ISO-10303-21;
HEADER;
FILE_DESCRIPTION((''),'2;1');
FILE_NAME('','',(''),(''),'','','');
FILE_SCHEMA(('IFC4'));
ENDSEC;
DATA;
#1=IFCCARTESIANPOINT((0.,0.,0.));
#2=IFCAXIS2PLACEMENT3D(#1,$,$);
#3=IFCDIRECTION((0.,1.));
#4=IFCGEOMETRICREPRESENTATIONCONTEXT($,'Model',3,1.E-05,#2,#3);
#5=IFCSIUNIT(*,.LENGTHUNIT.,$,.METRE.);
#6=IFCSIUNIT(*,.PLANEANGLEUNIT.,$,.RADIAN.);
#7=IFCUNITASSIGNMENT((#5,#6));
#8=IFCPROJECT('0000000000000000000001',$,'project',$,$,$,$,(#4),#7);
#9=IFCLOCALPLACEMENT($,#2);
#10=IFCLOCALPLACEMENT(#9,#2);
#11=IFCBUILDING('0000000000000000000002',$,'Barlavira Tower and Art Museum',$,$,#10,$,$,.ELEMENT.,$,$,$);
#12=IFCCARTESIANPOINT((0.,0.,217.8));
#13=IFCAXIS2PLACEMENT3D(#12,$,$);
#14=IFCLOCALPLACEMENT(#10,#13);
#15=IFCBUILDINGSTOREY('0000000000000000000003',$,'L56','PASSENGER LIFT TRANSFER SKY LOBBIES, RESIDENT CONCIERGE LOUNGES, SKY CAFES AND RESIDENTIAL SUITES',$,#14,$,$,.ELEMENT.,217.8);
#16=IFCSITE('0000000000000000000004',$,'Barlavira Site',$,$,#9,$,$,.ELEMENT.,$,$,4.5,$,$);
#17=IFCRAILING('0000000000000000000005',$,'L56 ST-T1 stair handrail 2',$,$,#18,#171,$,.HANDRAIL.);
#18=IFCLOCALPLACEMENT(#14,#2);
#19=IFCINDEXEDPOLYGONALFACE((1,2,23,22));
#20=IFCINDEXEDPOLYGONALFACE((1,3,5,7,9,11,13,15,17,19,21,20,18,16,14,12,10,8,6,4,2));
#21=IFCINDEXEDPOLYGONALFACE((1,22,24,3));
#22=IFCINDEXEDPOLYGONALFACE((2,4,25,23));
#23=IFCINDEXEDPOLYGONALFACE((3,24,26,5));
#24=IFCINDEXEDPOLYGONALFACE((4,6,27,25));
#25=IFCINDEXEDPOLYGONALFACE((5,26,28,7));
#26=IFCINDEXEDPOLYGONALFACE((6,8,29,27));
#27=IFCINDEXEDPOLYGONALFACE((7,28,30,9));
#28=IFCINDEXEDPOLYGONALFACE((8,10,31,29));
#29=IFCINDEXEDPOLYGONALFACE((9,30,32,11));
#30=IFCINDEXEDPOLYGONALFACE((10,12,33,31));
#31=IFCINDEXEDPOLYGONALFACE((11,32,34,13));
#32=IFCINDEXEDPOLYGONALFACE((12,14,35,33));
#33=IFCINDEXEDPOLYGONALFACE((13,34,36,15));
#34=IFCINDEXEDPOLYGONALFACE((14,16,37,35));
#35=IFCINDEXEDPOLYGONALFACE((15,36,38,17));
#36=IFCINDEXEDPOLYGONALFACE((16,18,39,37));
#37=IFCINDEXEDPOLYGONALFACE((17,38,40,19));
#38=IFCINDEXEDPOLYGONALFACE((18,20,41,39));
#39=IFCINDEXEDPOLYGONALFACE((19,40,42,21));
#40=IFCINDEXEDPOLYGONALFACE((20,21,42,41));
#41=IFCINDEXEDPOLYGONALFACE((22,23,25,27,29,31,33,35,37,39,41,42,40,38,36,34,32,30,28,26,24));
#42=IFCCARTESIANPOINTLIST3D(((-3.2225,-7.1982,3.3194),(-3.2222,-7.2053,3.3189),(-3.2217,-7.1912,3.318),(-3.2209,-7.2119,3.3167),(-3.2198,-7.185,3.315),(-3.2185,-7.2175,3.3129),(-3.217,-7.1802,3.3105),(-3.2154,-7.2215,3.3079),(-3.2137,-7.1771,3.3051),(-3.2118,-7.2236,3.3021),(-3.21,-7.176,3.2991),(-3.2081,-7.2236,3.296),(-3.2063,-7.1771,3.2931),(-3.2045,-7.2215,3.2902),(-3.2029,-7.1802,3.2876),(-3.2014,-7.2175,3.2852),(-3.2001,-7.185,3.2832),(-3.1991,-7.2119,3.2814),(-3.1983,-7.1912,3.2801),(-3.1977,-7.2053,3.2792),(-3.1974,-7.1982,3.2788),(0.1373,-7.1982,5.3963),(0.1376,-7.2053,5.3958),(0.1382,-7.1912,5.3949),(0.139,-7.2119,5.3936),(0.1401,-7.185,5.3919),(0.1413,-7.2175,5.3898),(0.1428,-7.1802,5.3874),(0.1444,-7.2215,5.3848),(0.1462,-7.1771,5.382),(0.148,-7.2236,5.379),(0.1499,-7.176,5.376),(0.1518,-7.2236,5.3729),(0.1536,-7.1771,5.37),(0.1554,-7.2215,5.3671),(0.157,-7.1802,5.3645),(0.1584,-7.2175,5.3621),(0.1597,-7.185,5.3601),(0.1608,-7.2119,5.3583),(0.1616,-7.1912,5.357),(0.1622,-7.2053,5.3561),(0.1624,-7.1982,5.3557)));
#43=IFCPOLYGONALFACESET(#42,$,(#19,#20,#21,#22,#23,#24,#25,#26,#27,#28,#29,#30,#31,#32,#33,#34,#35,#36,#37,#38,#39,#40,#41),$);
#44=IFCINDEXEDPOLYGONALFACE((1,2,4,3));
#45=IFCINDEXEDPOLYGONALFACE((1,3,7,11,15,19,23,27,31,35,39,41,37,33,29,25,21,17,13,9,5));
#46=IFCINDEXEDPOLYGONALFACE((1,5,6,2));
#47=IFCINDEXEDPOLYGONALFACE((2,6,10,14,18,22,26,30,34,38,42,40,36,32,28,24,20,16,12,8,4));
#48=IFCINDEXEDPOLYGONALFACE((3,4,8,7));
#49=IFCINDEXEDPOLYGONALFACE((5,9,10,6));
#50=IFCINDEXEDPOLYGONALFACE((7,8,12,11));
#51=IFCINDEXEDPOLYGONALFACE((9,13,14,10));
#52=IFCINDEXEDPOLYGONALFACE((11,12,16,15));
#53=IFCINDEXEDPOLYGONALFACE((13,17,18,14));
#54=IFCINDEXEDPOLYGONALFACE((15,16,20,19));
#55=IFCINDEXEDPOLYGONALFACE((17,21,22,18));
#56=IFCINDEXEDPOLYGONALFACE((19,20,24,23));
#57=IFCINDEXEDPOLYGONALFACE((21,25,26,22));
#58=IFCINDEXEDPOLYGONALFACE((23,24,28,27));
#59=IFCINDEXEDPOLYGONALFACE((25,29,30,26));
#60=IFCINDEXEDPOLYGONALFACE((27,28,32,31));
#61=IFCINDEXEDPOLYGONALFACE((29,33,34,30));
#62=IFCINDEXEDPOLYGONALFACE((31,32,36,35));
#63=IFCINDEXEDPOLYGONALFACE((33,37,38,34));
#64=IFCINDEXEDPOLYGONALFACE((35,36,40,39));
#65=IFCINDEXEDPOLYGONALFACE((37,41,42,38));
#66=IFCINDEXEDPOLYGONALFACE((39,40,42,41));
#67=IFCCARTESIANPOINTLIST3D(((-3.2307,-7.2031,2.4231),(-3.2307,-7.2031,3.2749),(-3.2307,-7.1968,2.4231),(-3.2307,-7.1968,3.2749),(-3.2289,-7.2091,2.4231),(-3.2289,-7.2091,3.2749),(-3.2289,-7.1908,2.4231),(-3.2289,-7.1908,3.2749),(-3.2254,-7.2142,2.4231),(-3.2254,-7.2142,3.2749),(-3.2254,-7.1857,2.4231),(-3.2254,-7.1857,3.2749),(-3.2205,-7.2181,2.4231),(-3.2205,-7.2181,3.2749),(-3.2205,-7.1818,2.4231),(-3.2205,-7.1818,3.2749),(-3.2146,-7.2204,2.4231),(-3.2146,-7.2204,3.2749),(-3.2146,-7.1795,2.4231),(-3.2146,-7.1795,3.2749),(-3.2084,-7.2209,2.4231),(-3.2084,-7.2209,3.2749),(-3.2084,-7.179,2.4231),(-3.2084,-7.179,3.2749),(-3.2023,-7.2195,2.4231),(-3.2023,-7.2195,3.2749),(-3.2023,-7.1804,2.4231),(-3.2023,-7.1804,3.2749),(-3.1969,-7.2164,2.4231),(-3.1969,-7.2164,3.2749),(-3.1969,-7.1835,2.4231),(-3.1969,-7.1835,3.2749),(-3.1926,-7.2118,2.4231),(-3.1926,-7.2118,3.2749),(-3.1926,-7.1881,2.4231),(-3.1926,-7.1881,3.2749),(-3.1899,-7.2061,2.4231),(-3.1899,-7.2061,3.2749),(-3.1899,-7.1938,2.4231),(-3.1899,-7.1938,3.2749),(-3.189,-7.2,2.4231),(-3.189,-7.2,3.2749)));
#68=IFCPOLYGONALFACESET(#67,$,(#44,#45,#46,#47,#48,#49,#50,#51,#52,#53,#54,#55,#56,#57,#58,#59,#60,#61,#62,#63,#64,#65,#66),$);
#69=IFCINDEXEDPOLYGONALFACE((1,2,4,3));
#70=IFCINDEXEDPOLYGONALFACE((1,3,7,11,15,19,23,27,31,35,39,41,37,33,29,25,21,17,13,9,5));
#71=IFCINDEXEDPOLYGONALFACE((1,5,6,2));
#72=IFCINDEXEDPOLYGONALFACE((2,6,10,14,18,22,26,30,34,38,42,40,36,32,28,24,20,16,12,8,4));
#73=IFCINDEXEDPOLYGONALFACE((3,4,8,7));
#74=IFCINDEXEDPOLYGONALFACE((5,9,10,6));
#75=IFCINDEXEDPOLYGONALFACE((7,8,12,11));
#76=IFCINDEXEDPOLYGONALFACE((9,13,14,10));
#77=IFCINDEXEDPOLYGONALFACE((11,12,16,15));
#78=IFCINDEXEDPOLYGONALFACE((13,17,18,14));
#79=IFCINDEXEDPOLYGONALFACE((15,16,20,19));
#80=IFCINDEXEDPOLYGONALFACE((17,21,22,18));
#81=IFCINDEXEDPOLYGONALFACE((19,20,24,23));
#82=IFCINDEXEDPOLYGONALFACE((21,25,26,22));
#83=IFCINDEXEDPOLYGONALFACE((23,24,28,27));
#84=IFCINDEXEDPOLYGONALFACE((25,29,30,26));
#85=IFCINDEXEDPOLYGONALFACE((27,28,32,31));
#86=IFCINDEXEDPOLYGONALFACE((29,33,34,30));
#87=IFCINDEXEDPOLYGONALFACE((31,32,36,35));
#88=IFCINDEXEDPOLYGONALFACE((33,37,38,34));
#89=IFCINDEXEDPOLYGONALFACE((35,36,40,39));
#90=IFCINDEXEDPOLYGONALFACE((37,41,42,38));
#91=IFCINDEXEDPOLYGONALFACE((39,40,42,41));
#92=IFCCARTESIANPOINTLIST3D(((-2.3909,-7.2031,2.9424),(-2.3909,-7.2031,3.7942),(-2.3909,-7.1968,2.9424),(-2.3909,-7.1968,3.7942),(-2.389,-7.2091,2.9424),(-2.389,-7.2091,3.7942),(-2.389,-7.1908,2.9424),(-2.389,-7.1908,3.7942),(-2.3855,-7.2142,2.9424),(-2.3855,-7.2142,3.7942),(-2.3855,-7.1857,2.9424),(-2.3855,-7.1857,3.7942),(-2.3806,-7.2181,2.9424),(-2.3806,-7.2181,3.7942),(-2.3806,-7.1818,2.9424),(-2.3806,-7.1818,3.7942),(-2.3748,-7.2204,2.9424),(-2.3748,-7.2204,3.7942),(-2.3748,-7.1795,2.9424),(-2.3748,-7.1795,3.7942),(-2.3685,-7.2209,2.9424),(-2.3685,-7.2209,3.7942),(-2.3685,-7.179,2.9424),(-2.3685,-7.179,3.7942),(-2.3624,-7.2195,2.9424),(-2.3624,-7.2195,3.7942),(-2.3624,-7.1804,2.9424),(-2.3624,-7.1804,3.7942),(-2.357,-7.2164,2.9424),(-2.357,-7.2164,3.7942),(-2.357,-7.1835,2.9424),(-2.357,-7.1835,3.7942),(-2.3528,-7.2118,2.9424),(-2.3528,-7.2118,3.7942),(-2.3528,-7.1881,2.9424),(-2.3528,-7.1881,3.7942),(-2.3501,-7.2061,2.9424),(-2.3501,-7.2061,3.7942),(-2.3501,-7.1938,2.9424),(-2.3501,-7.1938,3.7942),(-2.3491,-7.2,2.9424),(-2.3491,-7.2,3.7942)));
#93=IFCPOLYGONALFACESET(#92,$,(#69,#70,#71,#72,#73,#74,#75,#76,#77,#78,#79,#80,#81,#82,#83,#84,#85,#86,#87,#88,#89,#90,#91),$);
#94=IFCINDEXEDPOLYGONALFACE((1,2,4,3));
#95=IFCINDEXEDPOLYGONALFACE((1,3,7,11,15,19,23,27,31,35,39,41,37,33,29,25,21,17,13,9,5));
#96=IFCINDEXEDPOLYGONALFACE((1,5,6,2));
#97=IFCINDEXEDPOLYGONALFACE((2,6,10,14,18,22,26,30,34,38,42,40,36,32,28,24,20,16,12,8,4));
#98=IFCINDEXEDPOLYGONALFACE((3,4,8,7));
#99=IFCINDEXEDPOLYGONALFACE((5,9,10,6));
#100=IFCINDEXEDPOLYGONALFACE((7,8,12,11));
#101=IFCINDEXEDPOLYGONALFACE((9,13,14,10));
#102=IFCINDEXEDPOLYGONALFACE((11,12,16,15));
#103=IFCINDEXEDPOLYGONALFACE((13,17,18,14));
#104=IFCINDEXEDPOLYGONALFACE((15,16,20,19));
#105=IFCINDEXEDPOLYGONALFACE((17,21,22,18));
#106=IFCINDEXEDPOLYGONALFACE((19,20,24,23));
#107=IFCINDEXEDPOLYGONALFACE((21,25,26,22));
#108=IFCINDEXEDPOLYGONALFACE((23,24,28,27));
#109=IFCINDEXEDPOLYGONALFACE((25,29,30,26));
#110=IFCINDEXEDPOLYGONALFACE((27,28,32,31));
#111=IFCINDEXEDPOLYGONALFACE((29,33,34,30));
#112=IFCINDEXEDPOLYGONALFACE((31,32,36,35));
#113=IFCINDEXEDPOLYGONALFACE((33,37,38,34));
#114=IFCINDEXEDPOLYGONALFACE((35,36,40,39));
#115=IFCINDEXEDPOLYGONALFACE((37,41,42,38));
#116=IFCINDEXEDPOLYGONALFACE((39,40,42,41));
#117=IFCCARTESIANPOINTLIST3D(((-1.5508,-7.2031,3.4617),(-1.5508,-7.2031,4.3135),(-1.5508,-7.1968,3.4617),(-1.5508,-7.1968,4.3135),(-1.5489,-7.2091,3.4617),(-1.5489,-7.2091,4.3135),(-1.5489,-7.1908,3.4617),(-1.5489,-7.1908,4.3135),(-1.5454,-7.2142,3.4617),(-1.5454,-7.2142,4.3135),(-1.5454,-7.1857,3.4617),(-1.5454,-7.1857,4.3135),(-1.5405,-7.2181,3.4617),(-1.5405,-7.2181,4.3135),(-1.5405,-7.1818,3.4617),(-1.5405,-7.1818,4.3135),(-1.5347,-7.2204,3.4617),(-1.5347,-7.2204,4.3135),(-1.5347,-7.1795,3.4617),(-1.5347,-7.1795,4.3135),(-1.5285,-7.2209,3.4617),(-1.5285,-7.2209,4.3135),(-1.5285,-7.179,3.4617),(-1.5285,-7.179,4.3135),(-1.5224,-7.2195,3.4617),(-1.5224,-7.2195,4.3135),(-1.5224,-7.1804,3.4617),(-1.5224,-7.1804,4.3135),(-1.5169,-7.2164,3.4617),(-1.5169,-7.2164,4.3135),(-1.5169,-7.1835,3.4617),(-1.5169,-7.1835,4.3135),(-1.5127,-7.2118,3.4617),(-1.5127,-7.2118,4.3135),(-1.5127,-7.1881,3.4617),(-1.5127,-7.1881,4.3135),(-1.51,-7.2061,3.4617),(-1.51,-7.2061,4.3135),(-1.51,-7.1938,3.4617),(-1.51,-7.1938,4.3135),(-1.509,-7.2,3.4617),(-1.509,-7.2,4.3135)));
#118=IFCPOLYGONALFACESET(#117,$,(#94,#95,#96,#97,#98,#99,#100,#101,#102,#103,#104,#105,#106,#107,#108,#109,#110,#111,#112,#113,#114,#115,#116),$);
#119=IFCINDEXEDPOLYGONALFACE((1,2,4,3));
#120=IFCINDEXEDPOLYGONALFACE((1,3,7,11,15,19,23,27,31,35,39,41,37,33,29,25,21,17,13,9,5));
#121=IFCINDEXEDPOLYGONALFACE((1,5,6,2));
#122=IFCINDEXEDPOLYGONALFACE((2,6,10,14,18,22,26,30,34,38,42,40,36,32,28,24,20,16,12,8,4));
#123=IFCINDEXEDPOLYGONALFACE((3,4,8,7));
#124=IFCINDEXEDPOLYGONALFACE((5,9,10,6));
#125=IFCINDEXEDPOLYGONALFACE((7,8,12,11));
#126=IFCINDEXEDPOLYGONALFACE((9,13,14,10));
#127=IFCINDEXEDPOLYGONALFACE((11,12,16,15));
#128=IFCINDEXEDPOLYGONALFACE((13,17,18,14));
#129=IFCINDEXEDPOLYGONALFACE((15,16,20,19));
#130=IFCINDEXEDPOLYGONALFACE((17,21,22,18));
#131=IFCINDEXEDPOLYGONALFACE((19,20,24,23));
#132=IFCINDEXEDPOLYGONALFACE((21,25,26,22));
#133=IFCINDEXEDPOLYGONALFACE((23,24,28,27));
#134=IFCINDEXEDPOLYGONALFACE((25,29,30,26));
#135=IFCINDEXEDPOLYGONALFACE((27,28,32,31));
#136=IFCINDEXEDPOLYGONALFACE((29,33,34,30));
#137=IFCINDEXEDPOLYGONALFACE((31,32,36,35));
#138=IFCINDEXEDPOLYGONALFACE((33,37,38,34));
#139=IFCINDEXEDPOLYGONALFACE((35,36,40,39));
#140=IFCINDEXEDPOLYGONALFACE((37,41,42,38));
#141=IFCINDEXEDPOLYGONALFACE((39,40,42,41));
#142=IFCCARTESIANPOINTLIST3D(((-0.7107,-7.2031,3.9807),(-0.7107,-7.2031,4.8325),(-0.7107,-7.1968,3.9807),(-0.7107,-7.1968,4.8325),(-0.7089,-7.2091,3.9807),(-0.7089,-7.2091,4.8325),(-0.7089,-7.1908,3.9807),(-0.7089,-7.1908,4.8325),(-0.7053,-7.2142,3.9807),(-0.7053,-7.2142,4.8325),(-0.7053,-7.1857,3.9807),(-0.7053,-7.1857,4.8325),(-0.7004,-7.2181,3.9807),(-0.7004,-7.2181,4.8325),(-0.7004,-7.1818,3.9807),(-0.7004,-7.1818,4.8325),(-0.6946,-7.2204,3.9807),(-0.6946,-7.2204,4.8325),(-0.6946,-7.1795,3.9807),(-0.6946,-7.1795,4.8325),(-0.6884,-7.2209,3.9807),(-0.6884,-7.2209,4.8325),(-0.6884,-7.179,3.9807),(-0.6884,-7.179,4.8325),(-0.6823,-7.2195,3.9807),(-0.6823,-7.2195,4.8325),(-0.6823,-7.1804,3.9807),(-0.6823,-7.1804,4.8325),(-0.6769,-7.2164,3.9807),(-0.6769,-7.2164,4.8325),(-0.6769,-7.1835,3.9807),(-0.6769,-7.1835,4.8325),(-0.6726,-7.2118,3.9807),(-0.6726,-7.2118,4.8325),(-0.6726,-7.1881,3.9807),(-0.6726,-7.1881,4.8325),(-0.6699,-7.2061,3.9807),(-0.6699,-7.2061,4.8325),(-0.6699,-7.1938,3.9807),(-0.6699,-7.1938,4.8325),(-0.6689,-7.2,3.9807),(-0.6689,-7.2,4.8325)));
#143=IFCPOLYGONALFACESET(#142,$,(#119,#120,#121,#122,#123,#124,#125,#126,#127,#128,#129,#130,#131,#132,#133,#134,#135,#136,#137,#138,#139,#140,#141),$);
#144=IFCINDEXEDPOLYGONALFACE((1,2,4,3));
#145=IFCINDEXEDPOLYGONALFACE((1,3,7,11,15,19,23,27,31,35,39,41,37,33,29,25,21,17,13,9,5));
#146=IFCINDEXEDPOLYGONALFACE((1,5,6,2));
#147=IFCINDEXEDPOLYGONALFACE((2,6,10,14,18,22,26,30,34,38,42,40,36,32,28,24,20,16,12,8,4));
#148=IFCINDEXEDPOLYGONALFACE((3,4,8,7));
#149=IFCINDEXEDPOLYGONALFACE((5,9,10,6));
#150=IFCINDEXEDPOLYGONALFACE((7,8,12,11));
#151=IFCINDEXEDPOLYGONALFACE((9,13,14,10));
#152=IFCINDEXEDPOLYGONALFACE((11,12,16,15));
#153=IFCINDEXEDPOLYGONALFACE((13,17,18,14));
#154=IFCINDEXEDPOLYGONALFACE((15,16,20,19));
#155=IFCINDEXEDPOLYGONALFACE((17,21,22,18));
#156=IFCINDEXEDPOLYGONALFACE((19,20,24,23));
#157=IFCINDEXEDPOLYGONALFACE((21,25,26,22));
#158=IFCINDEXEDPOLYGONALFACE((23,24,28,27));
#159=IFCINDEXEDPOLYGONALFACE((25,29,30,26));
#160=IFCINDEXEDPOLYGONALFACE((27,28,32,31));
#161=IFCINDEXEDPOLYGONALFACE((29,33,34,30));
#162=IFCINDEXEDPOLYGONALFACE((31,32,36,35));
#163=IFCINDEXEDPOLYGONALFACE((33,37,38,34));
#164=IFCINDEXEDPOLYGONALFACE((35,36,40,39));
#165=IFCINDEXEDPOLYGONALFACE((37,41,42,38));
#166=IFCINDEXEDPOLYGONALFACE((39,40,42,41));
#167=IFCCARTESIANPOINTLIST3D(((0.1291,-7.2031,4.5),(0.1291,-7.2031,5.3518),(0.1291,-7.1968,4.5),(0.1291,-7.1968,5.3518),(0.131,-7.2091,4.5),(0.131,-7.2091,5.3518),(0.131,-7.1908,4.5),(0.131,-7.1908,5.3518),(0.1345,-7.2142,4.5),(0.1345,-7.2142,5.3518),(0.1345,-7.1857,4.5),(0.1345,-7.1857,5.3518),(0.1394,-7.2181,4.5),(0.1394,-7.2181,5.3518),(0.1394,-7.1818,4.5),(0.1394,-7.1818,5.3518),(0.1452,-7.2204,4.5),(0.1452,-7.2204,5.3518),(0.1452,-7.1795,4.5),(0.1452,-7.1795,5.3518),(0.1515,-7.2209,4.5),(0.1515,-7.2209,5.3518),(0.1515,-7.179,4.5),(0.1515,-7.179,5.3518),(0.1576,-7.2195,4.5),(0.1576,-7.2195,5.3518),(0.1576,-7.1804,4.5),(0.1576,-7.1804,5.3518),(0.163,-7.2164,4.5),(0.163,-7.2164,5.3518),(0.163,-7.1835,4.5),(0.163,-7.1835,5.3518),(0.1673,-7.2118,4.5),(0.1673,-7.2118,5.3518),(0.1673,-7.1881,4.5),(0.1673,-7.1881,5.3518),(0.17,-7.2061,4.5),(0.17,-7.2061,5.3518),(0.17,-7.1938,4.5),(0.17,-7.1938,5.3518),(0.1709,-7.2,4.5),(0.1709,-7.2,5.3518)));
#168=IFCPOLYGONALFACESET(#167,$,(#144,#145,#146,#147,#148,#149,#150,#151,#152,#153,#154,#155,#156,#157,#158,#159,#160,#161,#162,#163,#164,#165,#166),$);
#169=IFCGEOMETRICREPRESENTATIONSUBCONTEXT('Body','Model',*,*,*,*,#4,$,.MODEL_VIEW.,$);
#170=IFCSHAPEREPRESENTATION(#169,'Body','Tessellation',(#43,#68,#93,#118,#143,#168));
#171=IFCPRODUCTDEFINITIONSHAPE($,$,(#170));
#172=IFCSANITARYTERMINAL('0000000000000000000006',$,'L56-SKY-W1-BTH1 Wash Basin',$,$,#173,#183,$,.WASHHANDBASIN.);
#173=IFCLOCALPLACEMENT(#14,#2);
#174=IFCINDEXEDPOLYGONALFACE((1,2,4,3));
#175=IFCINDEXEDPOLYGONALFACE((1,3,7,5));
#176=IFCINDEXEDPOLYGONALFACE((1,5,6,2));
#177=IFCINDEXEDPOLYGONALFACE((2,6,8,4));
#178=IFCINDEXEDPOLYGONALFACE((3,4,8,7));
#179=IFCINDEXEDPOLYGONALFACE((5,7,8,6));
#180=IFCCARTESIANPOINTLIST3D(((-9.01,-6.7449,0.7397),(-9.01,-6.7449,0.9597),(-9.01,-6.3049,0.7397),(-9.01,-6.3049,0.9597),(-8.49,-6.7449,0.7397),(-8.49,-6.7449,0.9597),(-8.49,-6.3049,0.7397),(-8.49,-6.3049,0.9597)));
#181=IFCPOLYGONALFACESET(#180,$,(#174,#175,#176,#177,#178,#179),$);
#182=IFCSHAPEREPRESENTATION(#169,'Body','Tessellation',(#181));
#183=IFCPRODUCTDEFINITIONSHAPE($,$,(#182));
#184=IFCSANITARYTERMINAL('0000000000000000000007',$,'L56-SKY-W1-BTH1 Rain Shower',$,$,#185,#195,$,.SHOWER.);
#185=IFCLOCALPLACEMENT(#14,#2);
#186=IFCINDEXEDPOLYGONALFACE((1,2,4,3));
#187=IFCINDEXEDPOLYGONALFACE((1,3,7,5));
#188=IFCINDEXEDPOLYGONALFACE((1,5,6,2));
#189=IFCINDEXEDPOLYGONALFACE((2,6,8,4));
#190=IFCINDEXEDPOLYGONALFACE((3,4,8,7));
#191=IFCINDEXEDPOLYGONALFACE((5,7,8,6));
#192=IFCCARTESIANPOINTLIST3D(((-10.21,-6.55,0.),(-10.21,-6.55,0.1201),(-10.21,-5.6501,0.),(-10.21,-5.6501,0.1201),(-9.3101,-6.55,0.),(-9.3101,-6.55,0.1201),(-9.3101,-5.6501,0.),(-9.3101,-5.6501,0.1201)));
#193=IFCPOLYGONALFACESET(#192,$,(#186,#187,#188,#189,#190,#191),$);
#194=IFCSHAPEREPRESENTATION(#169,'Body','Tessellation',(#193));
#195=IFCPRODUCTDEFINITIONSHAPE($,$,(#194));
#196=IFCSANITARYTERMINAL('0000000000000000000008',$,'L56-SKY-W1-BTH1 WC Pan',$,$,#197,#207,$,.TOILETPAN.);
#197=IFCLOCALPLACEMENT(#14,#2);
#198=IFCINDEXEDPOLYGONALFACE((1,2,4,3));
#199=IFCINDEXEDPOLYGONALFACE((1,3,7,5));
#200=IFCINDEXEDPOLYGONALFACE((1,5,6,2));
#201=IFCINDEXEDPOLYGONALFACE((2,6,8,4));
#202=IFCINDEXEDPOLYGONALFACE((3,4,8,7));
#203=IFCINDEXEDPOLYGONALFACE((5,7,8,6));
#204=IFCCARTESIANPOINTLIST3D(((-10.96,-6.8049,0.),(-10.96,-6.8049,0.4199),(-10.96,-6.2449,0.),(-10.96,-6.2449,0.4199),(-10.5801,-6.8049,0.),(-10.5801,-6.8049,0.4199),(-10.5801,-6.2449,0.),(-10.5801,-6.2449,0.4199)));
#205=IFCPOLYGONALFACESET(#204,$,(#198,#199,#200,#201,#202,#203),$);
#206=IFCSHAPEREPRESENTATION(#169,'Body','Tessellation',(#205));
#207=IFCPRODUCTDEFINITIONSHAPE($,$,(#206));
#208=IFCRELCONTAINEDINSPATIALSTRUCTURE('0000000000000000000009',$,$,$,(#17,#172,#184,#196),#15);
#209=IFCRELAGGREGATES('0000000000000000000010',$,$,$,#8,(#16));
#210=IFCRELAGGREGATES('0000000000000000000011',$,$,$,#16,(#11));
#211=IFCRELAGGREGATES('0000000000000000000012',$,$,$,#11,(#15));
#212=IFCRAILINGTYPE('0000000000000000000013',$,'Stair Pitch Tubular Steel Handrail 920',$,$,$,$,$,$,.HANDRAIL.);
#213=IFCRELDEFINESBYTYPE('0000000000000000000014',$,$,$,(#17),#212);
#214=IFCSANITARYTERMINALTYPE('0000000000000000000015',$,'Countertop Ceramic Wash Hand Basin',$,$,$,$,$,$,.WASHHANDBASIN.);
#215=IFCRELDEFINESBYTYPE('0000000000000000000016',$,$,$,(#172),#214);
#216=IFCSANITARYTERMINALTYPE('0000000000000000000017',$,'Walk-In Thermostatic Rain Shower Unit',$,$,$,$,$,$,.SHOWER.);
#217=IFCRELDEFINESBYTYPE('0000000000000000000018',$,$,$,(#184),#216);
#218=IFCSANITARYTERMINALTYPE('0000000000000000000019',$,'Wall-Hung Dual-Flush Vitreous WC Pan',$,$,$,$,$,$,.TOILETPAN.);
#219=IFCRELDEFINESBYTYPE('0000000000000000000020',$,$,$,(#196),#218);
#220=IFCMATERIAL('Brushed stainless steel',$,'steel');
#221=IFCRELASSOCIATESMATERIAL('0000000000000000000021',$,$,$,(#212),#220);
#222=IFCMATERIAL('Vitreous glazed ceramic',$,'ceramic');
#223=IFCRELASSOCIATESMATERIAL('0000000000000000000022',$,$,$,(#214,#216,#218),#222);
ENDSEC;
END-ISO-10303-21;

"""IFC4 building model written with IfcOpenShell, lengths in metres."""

from ifc_helpers import new_model, si_unit, direction, frame, origin, origin_2d, place, context, subcontext, project, spatial, rectangle, circle, extrude, material, type_object, element, save


model = new_model("IFC4")

# Units and contexts
model_context = context("Model", 3, precision=1e-05, world=origin(), true_north=direction((0.0, 1.0)))
body_context = subcontext(model_context, "Body", "Model", "MODEL_VIEW")
ifc_project = project(units=[si_unit("LENGTHUNIT", "METRE"), si_unit("PLANEANGLEUNIT", "RADIAN")], contexts=[model_context])

# Site, building, storey
site_placement = place(None, origin())
site = spatial("IfcSite", under=ifc_project, at=site_placement, Name="Barlavira Site", CompositionType="ELEMENT", RefElevation=4.5)
building_placement = place(site_placement, origin())
building = spatial("IfcBuilding", under=site, at=building_placement, Name="Barlavira Tower and Art Museum", CompositionType="ELEMENT")
storey_placement = place(building_placement, frame((0.0, 0.0, 217.8)))
storey = spatial("IfcBuildingStorey", under=building, at=storey_placement, Name="L56", Description="PASSENGER LIFT TRANSFER SKY LOBBIES, RESIDENT CONCIERGE LOUNGES, SKY CAFES AND RESIDENTIAL SUITES", CompositionType="ELEMENT", Elevation=217.8)

# Shared definitions
ifc_material_1 = material(Name="Brushed stainless steel", Category="steel")

# Railing
railing_type_1 = type_object("IfcRailingType", Name="Stair Pitch Tubular Steel Handrail 920", PredefinedType="HANDRAIL", material=ifc_material_1)
railing_1_placement = place(storey_placement, frame((-3.21, -7.2, 2.4231)))
element("IfcRailing", 1, at=railing_1_placement, inside=storey, type_object=railing_type_1, Name="L56 ST-T1 stair handrail 2", PredefinedType="HANDRAIL", context=body_context, shape_type="SweptSolid", body=[
    extrude(circle(Radius=0.0239, at=origin_2d()), frame((0.0, 0.0, 0.876), z_axis=(0.850606, 0.0, 0.525803), x_axis=(0.0, 1.0, 0.0)), (0.0, 0.0, 1.0), 3.95),
    extrude(circle(Radius=0.021, at=origin_2d()), origin(), (0.0, 0.0, 1.0), 0.8518),
    extrude(circle(Radius=0.021, at=origin_2d()), frame((0.8398, 0.0, 0.5193)), (0.0, 0.0, 1.0), 0.8518),
    extrude(circle(Radius=0.021, at=origin_2d()), frame((1.6799, 0.0, 1.0386)), (0.0, 0.0, 1.0), 0.8518),
    extrude(circle(Radius=0.021, at=origin_2d()), frame((2.52, 0.0, 1.5576)), (0.0, 0.0, 1.0), 0.8518),
    extrude(circle(Radius=0.021, at=origin_2d()), frame((3.3599, 0.0, 2.0769)), (0.0, 0.0, 1.0), 0.8518),
])

# Sanitary terminals
ifc_material_2 = material(Name="Vitreous glazed ceramic", Category="ceramic")
sanitary_terminal_type_1 = type_object("IfcSanitaryTerminalType", Name="Countertop Ceramic Wash Hand Basin", PredefinedType="WASHHANDBASIN", material=ifc_material_2)
sanitary_terminal_1_placement = place(storey_placement, frame((-8.75, -6.5249, 0.7397), z_axis=(0.0, 0.0, 1.0), x_axis=(1.0, 0.0, 0.0)))
element("IfcSanitaryTerminal", 2, at=sanitary_terminal_1_placement, inside=storey, type_object=sanitary_terminal_type_1, Name="L56-SKY-W1-BTH1 Wash Basin", PredefinedType="WASHHANDBASIN", context=body_context, shape_type="SweptSolid", body=[
    extrude(rectangle(XDim=0.52, YDim=0.4399, at=origin_2d()), origin(), (0.0, 0.0, 1.0), 0.22),
])
sanitary_terminal_type_2 = type_object("IfcSanitaryTerminalType", Name="Walk-In Thermostatic Rain Shower Unit", PredefinedType="SHOWER", material=ifc_material_2)
sanitary_terminal_2_placement = place(storey_placement, frame((-9.76, -6.1001, 0.0), z_axis=(0.0, 0.0, 1.0), x_axis=(1.0, 0.0, 0.0)))
element("IfcSanitaryTerminal", 3, at=sanitary_terminal_2_placement, inside=storey, type_object=sanitary_terminal_type_2, Name="L56-SKY-W1-BTH1 Rain Shower", PredefinedType="SHOWER", context=body_context, shape_type="SweptSolid", body=[
    extrude(rectangle(XDim=0.8999, YDim=0.8999, at=origin_2d()), origin(), (0.0, 0.0, 1.0), 0.1201),
])
sanitary_terminal_type_3 = type_object("IfcSanitaryTerminalType", Name="Wall-Hung Dual-Flush Vitreous WC Pan", PredefinedType="TOILETPAN", material=ifc_material_2)
sanitary_terminal_3_placement = place(storey_placement, frame((-10.77, -6.5249, 0.0), z_axis=(0.0, 0.0, 1.0), x_axis=(1.0, 0.0, 0.0)))
element("IfcSanitaryTerminal", 4, at=sanitary_terminal_3_placement, inside=storey, type_object=sanitary_terminal_type_3, Name="L56-SKY-W1-BTH1 WC Pan", PredefinedType="TOILETPAN", context=body_context, shape_type="SweptSolid", body=[
    extrude(rectangle(XDim=0.3799, YDim=0.5601, at=origin_2d()), origin(), (0.0, 0.0, 1.0), 0.4199),
])

save(model, "model.ifc")
